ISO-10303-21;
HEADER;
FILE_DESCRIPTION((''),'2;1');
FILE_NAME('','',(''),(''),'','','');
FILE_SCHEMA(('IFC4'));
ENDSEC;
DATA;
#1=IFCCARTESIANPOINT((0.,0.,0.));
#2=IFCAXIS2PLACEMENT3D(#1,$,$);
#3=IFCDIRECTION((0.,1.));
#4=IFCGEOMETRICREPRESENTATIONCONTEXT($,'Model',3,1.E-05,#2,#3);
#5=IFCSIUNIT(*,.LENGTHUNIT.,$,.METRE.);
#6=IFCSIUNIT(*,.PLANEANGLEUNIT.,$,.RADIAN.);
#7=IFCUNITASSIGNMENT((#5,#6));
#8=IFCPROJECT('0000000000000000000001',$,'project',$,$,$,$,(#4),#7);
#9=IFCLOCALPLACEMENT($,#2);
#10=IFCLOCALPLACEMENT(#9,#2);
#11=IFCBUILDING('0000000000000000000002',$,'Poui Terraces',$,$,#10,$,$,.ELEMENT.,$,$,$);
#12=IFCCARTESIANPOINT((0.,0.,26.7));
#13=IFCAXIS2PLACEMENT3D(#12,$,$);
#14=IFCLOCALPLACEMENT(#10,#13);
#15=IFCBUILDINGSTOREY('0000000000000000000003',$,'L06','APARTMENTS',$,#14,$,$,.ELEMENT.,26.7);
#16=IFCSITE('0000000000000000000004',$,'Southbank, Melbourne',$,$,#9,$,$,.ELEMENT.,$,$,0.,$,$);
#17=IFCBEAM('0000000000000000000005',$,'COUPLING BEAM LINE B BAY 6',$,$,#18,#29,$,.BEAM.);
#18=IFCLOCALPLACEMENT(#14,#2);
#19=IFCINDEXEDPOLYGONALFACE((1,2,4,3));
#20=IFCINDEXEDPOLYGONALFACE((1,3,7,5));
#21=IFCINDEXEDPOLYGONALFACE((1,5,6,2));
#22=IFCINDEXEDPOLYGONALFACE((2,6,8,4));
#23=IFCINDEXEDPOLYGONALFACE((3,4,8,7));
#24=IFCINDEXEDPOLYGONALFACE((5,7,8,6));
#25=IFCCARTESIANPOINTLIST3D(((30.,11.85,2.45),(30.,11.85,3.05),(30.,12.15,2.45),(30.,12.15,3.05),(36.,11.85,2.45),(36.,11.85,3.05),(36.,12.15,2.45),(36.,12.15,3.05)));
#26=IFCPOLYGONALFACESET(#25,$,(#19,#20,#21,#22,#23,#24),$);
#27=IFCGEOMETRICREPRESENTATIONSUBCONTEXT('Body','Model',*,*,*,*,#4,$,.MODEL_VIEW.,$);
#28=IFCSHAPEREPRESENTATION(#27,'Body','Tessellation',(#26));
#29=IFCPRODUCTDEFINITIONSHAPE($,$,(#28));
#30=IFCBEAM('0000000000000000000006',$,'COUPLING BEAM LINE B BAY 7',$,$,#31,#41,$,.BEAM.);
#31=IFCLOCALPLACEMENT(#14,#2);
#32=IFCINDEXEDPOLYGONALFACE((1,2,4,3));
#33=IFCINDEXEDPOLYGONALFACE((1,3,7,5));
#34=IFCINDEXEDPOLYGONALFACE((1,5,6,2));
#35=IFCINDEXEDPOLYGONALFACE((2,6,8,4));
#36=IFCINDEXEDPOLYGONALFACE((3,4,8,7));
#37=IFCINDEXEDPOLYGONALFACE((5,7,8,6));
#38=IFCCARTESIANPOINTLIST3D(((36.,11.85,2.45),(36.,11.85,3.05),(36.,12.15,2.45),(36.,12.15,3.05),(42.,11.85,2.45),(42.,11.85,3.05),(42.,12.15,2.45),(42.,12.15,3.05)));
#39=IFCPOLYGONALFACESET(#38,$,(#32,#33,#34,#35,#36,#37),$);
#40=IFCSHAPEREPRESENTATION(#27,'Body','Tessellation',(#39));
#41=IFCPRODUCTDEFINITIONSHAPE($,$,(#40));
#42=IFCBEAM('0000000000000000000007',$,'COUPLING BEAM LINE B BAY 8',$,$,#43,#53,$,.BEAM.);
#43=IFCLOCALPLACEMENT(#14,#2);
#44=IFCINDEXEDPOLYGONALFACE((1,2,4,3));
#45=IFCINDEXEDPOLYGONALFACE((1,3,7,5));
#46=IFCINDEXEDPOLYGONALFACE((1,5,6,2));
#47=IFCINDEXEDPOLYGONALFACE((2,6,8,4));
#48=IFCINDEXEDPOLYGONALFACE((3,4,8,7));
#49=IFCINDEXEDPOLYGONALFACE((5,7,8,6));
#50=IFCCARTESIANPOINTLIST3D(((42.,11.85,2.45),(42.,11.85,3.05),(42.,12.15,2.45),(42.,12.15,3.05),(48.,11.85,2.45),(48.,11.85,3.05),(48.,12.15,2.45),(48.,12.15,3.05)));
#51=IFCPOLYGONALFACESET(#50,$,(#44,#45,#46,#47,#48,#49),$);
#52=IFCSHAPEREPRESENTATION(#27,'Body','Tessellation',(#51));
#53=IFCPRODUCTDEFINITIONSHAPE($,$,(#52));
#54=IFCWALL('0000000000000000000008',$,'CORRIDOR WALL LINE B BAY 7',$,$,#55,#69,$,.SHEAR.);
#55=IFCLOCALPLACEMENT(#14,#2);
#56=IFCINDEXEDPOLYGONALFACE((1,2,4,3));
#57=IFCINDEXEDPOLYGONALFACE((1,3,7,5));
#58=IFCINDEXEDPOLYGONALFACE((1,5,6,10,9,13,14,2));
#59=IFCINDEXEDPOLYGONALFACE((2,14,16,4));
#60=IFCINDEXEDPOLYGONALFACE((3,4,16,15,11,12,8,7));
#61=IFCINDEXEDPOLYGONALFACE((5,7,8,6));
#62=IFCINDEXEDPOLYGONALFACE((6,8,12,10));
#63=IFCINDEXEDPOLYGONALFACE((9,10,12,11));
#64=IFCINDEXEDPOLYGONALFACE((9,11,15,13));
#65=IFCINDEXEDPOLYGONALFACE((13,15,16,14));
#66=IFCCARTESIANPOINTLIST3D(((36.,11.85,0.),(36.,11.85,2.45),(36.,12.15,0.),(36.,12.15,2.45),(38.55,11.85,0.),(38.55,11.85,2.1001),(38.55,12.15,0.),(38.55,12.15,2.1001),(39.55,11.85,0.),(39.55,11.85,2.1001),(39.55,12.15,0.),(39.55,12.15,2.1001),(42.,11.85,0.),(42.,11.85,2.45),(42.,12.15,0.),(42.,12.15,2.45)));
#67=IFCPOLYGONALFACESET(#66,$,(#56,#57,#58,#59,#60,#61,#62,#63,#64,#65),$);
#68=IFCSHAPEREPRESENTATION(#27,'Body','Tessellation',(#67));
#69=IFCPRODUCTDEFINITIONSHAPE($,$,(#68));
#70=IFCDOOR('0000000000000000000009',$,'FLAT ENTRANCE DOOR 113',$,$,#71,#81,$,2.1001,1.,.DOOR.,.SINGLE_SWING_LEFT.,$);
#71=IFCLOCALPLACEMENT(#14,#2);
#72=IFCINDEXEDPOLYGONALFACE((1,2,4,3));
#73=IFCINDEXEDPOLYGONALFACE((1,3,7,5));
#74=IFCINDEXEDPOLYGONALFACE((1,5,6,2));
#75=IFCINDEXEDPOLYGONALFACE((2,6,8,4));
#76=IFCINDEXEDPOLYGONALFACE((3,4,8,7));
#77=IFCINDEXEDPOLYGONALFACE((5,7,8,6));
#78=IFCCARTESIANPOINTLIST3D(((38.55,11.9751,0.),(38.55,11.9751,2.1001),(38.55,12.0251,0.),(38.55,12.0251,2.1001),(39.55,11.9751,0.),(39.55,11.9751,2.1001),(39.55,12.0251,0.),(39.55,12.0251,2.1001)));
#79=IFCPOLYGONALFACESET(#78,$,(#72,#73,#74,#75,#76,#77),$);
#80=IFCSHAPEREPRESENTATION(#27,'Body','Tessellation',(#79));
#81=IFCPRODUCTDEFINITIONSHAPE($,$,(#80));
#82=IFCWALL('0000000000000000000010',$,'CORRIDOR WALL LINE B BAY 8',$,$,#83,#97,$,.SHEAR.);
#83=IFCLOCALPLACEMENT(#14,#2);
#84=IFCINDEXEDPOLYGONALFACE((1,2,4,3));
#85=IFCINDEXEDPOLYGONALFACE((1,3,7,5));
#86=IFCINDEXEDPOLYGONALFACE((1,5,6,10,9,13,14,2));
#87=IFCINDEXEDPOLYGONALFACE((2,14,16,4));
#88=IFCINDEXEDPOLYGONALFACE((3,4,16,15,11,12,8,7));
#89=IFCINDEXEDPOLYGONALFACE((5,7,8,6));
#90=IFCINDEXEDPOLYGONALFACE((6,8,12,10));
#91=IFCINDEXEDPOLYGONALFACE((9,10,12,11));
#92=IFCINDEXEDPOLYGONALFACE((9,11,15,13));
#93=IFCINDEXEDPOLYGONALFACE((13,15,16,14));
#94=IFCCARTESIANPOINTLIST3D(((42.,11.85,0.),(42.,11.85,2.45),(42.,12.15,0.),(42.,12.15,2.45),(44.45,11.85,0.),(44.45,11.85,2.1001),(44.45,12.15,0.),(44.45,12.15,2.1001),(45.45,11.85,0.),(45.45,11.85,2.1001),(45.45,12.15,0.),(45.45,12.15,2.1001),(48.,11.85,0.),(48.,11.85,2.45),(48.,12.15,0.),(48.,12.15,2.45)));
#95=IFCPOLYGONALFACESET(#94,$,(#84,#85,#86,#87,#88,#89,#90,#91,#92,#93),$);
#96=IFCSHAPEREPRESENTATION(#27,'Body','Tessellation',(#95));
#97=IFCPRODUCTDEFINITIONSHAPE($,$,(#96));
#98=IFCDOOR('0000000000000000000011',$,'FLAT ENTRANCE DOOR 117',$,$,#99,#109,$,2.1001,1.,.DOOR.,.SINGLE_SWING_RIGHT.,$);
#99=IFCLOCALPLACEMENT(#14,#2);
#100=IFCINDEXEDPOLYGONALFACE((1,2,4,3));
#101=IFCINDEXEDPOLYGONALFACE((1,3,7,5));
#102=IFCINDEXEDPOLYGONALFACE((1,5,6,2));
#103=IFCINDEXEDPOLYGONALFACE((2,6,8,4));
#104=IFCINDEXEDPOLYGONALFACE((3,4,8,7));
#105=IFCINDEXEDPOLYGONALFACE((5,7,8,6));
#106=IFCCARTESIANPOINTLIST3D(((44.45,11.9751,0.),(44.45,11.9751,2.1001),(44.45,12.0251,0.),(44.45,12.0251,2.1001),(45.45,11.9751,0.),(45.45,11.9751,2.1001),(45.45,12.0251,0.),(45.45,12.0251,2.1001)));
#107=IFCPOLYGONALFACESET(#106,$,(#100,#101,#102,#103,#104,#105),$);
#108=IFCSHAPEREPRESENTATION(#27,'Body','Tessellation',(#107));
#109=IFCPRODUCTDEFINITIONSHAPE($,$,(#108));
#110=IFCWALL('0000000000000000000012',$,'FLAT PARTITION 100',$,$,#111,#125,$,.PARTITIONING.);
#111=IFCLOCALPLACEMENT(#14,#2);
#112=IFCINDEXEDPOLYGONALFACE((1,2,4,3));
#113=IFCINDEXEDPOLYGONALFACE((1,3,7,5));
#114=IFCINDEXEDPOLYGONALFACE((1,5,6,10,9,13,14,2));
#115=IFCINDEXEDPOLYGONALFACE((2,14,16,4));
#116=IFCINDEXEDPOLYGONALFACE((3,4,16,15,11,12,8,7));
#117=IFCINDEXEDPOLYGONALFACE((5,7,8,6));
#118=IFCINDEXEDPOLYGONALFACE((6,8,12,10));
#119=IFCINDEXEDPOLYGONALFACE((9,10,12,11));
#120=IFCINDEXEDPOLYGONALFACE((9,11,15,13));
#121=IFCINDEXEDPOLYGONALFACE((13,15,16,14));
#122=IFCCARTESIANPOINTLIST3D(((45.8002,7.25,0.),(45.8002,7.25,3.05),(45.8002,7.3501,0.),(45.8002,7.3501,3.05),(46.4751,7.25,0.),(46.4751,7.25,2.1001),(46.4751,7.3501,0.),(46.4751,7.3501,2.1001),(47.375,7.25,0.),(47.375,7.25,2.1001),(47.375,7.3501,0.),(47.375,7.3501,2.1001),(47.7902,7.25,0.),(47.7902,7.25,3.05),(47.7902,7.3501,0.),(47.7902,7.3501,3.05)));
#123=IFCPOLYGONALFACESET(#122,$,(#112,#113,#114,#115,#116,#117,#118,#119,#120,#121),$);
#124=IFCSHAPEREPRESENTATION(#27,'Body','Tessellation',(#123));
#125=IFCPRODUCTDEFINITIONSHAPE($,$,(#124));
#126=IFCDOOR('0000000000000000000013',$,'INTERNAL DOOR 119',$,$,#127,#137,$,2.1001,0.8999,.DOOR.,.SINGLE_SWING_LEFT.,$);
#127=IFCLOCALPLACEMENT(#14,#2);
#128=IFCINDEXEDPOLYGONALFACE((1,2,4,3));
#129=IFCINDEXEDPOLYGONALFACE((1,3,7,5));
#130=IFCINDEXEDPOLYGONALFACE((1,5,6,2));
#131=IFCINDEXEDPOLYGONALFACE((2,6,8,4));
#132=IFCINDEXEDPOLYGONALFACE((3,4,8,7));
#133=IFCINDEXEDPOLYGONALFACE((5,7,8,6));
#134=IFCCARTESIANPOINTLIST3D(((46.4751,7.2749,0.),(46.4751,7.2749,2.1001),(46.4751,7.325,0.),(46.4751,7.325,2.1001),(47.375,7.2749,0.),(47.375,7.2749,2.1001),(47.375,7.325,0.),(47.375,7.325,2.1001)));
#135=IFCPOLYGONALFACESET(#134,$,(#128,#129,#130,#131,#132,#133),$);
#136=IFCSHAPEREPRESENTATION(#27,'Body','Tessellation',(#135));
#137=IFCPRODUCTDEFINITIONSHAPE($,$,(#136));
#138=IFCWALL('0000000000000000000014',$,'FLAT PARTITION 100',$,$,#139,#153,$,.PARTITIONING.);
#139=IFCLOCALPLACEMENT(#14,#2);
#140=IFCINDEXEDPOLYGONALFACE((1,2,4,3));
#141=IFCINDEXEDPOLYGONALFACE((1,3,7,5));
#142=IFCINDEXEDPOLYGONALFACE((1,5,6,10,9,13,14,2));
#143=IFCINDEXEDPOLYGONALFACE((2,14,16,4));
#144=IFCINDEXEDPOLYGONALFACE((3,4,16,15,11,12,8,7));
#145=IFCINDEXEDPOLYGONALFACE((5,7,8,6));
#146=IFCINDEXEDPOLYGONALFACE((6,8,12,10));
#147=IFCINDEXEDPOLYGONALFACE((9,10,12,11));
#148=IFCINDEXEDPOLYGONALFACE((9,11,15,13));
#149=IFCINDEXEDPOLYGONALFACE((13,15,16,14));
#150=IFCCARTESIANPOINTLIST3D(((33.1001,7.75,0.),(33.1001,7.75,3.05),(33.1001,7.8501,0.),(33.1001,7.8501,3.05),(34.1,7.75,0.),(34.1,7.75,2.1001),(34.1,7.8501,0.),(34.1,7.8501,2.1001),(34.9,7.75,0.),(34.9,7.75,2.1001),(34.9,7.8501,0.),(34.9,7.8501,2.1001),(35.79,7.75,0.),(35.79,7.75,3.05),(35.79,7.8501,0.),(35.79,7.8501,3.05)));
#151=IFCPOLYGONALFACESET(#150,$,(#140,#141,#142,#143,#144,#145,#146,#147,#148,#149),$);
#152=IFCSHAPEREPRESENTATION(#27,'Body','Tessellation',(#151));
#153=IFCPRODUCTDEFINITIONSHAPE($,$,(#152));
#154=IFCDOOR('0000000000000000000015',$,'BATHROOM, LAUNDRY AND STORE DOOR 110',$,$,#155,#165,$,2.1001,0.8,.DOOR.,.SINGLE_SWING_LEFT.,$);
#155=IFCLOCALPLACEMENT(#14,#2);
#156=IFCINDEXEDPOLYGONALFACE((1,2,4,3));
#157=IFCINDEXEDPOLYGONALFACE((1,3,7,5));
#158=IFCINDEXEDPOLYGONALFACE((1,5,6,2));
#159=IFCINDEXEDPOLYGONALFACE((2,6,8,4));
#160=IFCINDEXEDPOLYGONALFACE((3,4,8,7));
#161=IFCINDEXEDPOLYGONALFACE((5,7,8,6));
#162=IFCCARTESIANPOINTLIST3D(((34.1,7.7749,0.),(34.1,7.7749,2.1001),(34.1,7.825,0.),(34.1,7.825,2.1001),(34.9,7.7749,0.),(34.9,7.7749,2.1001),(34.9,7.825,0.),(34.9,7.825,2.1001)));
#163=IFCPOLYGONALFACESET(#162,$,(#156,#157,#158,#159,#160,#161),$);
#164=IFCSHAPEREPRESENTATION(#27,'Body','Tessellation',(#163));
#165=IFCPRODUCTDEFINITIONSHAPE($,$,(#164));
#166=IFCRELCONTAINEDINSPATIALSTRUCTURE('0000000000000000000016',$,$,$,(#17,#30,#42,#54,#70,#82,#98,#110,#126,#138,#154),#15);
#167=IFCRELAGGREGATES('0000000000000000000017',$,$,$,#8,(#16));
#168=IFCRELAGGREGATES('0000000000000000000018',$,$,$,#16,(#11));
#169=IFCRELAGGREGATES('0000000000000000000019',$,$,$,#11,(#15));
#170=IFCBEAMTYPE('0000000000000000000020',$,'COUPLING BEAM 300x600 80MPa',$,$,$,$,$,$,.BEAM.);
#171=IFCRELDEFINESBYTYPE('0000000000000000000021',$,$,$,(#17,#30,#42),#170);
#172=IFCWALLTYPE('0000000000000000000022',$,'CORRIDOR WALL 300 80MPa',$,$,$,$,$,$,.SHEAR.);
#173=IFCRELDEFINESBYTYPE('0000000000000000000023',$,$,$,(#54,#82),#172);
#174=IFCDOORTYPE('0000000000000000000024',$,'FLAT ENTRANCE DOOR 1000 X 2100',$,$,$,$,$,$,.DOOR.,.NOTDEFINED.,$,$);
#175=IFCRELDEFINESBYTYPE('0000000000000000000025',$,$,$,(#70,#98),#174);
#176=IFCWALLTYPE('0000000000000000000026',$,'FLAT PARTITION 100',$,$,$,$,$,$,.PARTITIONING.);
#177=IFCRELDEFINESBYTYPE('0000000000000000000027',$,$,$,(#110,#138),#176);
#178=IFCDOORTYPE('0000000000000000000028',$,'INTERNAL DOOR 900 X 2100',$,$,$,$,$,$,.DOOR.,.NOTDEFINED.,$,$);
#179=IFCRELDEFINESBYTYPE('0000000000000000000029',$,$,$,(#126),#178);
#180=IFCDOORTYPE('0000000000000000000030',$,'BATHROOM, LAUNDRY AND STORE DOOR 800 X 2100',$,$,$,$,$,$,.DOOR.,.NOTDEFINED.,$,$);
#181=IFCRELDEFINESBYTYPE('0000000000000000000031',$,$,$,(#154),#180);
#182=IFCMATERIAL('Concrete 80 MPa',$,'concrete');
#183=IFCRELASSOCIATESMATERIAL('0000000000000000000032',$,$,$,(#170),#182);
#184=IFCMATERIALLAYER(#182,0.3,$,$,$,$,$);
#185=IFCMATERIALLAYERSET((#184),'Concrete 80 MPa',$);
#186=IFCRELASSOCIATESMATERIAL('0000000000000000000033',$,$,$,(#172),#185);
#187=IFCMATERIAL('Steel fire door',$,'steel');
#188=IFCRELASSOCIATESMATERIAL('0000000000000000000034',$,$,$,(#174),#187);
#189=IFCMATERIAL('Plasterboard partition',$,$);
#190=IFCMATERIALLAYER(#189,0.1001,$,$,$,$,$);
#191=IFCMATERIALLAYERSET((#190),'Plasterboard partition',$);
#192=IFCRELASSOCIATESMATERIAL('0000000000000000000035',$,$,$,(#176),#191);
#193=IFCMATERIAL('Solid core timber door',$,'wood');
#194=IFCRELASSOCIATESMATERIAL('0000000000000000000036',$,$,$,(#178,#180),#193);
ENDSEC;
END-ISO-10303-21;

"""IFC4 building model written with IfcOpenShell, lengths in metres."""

from ifc_helpers import new_model, si_unit, direction, frame, frame_2d, origin, origin_2d, place, context, subcontext, project, spatial, rectangle, extrude, source, transform, mapped, material, layer, layer_set, material_profile, profile_set, type_object, element, fill, save


model = new_model("IFC4")

# Units and contexts
model_context = context("Model", 3, precision=1e-05, world=origin(), true_north=direction((0.0, 1.0)))
body_context = subcontext(model_context, "Body", "Model", "MODEL_VIEW")
ifc_project = project(units=[si_unit("LENGTHUNIT", "METRE"), si_unit("PLANEANGLEUNIT", "RADIAN")], contexts=[model_context])

# Site, building, storey
site_placement = place(None, origin())
site = spatial("IfcSite", under=ifc_project, at=site_placement, Name="Southbank, Melbourne", CompositionType="ELEMENT", RefElevation=0.0)
building_placement = place(site_placement, origin())
building = spatial("IfcBuilding", under=site, at=building_placement, Name="Poui Terraces", CompositionType="ELEMENT")
storey_placement = place(building_placement, frame((0.0, 0.0, 26.7)))
storey = spatial("IfcBuildingStorey", under=building, at=storey_placement, Name="L06", Description="APARTMENTS", CompositionType="ELEMENT", Elevation=26.7)

# Beams
ifc_material_1 = material(Name="Concrete 80 MPa", Category="concrete")
ifc_material_profile = material_profile(ifc_material_1, rectangle(XDim=0.3, YDim=0.6001, at=origin_2d()), Name="RC 300x600")
ifc_profile_set = profile_set([ifc_material_profile], Name="Concrete 80 MPa")
beam_type = type_object("IfcBeamType", Name="COUPLING BEAM 300x600 80MPa", PredefinedType="BEAM", material=ifc_profile_set)
shared_shape = source(origin(), body_context, "Body", "SweptSolid", [
    extrude(rectangle(XDim=0.3, YDim=0.6001, at=origin_2d()), origin(), (0.0, 0.0, 1.0), 6.0),
])
for number, where, z_axis, x_axis, name in (
    (1, (30.0, 12.0, 2.75), (1.0, 0.0, 0.0), (0.0, 1.0, 0.0), "COUPLING BEAM LINE B BAY 6"),
    (2, (36.0, 12.0, 2.75), (1.0, 0.0, 0.0), (0.0, 1.0, 0.0), "COUPLING BEAM LINE B BAY 7"),
    (3, (42.0, 12.0, 2.75), (1.0, 0.0, 0.0), (0.0, 1.0, 0.0), "COUPLING BEAM LINE B BAY 8"),
):
    element("IfcBeam", number, at=place(storey_placement, frame(where, z_axis=z_axis, x_axis=x_axis)), inside=storey, type_object=beam_type, Name=name, PredefinedType="BEAM", context=body_context, shape_type="MappedRepresentation", body=[
        mapped(shared_shape, transform((0.0, 0.0, 0.0))),
    ])

# Walls, openings, doors
ifc_layer_1 = layer(ifc_material_1, 0.3)
ifc_layer_set_1 = layer_set([ifc_layer_1], Name="Concrete 80 MPa")
wall_type_1 = type_object("IfcWallType", Name="CORRIDOR WALL 300 80MPa", PredefinedType="SHEAR", material=ifc_layer_set_1)
wall_1_placement = place(storey_placement, frame((36.0, 12.0, 0.0), z_axis=(0.0, 0.0, 1.0), x_axis=(1.0, 0.0, 0.0)))
wall_1 = element("IfcWall", 4, at=wall_1_placement, inside=storey, type_object=wall_type_1, Name="CORRIDOR WALL LINE B BAY 7", PredefinedType="SHEAR", context=body_context, shape_type="SweptSolid", body=[
    extrude(rectangle(XDim=6.0, YDim=0.3, at=frame_2d((3.0, 0.0))), origin(), (0.0, 0.0, 1.0), 2.45),
])
opening_1_placement = place(wall_1_placement, frame((2.55, 0.0, 0.0)))
opening_1 = element("IfcOpeningElement", 5, at=opening_1_placement, cuts=wall_1, PredefinedType="OPENING", context=body_context, shape_type="SweptSolid", body=[
    extrude(rectangle(XDim=1.0, YDim=2.1001, at=frame_2d((0.5, 1.05))), frame((0.0, 0.1602, 0.0), z_axis=(0.0, -1.0, 0.0), x_axis=(1.0, 0.0, 0.0)), (0.0, 0.0, 1.0), 0.3201),
])
ifc_material_2 = material(Name="Steel fire door", Category="steel")
door_type_1 = type_object("IfcDoorType", Name="FLAT ENTRANCE DOOR 1000 X 2100", OperationType="NOTDEFINED", PredefinedType="DOOR", material=ifc_material_2)
door_1_placement = place(opening_1_placement, frame((1.0, 0.0, 0.0), z_axis=(0.0, 0.0, 1.0), x_axis=(-1.0, 0.0, 0.0)))
door_1 = element("IfcDoor", 6, at=door_1_placement, inside=storey, type_object=door_type_1, Name="FLAT ENTRANCE DOOR 113", OperationType="SINGLE_SWING_LEFT", OverallHeight=2.1001, OverallWidth=1.0, PredefinedType="DOOR", context=body_context, shape_type="SweptSolid", body=[
    extrude(rectangle(XDim=1.0, YDim=2.1001, at=frame_2d((0.5, 1.05))), frame((0.0, 0.0249, 0.0), z_axis=(0.0, -1.0, 0.0), x_axis=(1.0, 0.0, 0.0)), (0.0, 0.0, 1.0), 0.05),
])
fill(opening_1, door_1)
wall_2_placement = place(storey_placement, frame((42.0, 12.0, 0.0), z_axis=(0.0, 0.0, 1.0), x_axis=(1.0, 0.0, 0.0)))
wall_2 = element("IfcWall", 7, at=wall_2_placement, inside=storey, type_object=wall_type_1, Name="CORRIDOR WALL LINE B BAY 8", PredefinedType="SHEAR", context=body_context, shape_type="SweptSolid", body=[
    extrude(rectangle(XDim=6.0, YDim=0.3, at=frame_2d((3.0, 0.0))), origin(), (0.0, 0.0, 1.0), 2.45),
])
opening_2_placement = place(wall_2_placement, frame((2.45, 0.0, 0.0)))
opening_2 = element("IfcOpeningElement", 8, at=opening_2_placement, cuts=wall_2, PredefinedType="OPENING", context=body_context, shape_type="SweptSolid", body=[
    extrude(rectangle(XDim=1.0, YDim=2.1001, at=frame_2d((0.5, 1.05))), frame((0.0, 0.1602, 0.0), z_axis=(0.0, -1.0, 0.0), x_axis=(1.0, 0.0, 0.0)), (0.0, 0.0, 1.0), 0.3201),
])
door_2_placement = place(opening_2_placement, frame((1.0, 0.0, 0.0), z_axis=(0.0, 0.0, 1.0), x_axis=(-1.0, 0.0, 0.0)))
door_2 = element("IfcDoor", 9, at=door_2_placement, inside=storey, type_object=door_type_1, Name="FLAT ENTRANCE DOOR 117", OperationType="SINGLE_SWING_RIGHT", OverallHeight=2.1001, OverallWidth=1.0, PredefinedType="DOOR", context=body_context, shape_type="SweptSolid", body=[
    extrude(rectangle(XDim=1.0, YDim=2.1001, at=frame_2d((0.5, 1.05))), frame((0.0, 0.0249, 0.0), z_axis=(0.0, -1.0, 0.0), x_axis=(1.0, 0.0, 0.0)), (0.0, 0.0, 1.0), 0.05),
])
fill(opening_2, door_2)
ifc_material_3 = material(Name="Plasterboard partition")
ifc_layer_2 = layer(ifc_material_3, 0.1001)
ifc_layer_set_2 = layer_set([ifc_layer_2], Name="Plasterboard partition")
wall_type_2 = type_object("IfcWallType", Name="FLAT PARTITION 100", PredefinedType="PARTITIONING", material=ifc_layer_set_2)
wall_3_placement = place(storey_placement, frame((45.8, 7.3, 0.0), z_axis=(0.0, 0.0, 1.0), x_axis=(1.0, 0.0, 0.0)))
wall_3 = element("IfcWall", 10, at=wall_3_placement, inside=storey, type_object=wall_type_2, Name="FLAT PARTITION 100", PredefinedType="PARTITIONING", context=body_context, shape_type="SweptSolid", body=[
    extrude(rectangle(XDim=1.99, YDim=0.1001, at=frame_2d((0.9951, 0.0))), origin(), (0.0, 0.0, 1.0), 3.05),
])
opening_3_placement = place(wall_3_placement, frame((0.675, 0.0, 0.0)))
opening_3 = element("IfcOpeningElement", 11, at=opening_3_placement, cuts=wall_3, PredefinedType="OPENING", context=body_context, shape_type="SweptSolid", body=[
    extrude(rectangle(XDim=0.8999, YDim=2.1001, at=frame_2d((0.45, 1.05))), frame((0.0, 0.0601, 0.0), z_axis=(0.0, -1.0, 0.0), x_axis=(1.0, 0.0, 0.0)), (0.0, 0.0, 1.0), 0.1201),
])
ifc_material_4 = material(Name="Solid core timber door", Category="wood")
door_type_2 = type_object("IfcDoorType", Name="INTERNAL DOOR 900 X 2100", OperationType="NOTDEFINED", PredefinedType="DOOR", material=ifc_material_4)
door_3_placement = place(opening_3_placement, origin())
door_3 = element("IfcDoor", 12, at=door_3_placement, inside=storey, type_object=door_type_2, Name="INTERNAL DOOR 119", OperationType="SINGLE_SWING_LEFT", OverallHeight=2.1001, OverallWidth=0.8999, PredefinedType="DOOR", context=body_context, shape_type="SweptSolid", body=[
    extrude(rectangle(XDim=0.8999, YDim=2.1001, at=frame_2d((0.45, 1.05))), frame((0.0, 0.0249, 0.0), z_axis=(0.0, -1.0, 0.0), x_axis=(1.0, 0.0, 0.0)), (0.0, 0.0, 1.0), 0.05),
])
fill(opening_3, door_3)
wall_4_placement = place(storey_placement, frame((33.1001, 7.8, 0.0), z_axis=(0.0, 0.0, 1.0), x_axis=(1.0, 0.0, 0.0)))
wall_4 = element("IfcWall", 13, at=wall_4_placement, inside=storey, type_object=wall_type_2, Name="FLAT PARTITION 100", PredefinedType="PARTITIONING", context=body_context, shape_type="SweptSolid", body=[
    extrude(rectangle(XDim=2.6899, YDim=0.1001, at=frame_2d((1.345, 0.0))), origin(), (0.0, 0.0, 1.0), 3.05),
])
opening_4_placement = place(wall_4_placement, frame((1.0, 0.0, 0.0)))
opening_4 = element("IfcOpeningElement", 14, at=opening_4_placement, cuts=wall_4, PredefinedType="OPENING", context=body_context, shape_type="SweptSolid", body=[
    extrude(rectangle(XDim=0.8, YDim=2.1001, at=frame_2d((0.3999, 1.05))), frame((0.0, 0.0601, 0.0), z_axis=(0.0, -1.0, 0.0), x_axis=(1.0, 0.0, 0.0)), (0.0, 0.0, 1.0), 0.1201),
])
door_type_3 = type_object("IfcDoorType", Name="BATHROOM, LAUNDRY AND STORE DOOR 800 X 2100", OperationType="NOTDEFINED", PredefinedType="DOOR", material=ifc_material_4)
door_4_placement = place(opening_4_placement, origin())
door_4 = element("IfcDoor", 15, at=door_4_placement, inside=storey, type_object=door_type_3, Name="BATHROOM, LAUNDRY AND STORE DOOR 110", OperationType="SINGLE_SWING_LEFT", OverallHeight=2.1001, OverallWidth=0.8, PredefinedType="DOOR", context=body_context, shape_type="SweptSolid", body=[
    extrude(rectangle(XDim=0.8, YDim=2.1001, at=frame_2d((0.3999, 1.05))), frame((0.0, 0.0249, 0.0), z_axis=(0.0, -1.0, 0.0), x_axis=(1.0, 0.0, 0.0)), (0.0, 0.0, 1.0), 0.05),
])
fill(opening_4, door_4)

save(model, "model.ifc")
